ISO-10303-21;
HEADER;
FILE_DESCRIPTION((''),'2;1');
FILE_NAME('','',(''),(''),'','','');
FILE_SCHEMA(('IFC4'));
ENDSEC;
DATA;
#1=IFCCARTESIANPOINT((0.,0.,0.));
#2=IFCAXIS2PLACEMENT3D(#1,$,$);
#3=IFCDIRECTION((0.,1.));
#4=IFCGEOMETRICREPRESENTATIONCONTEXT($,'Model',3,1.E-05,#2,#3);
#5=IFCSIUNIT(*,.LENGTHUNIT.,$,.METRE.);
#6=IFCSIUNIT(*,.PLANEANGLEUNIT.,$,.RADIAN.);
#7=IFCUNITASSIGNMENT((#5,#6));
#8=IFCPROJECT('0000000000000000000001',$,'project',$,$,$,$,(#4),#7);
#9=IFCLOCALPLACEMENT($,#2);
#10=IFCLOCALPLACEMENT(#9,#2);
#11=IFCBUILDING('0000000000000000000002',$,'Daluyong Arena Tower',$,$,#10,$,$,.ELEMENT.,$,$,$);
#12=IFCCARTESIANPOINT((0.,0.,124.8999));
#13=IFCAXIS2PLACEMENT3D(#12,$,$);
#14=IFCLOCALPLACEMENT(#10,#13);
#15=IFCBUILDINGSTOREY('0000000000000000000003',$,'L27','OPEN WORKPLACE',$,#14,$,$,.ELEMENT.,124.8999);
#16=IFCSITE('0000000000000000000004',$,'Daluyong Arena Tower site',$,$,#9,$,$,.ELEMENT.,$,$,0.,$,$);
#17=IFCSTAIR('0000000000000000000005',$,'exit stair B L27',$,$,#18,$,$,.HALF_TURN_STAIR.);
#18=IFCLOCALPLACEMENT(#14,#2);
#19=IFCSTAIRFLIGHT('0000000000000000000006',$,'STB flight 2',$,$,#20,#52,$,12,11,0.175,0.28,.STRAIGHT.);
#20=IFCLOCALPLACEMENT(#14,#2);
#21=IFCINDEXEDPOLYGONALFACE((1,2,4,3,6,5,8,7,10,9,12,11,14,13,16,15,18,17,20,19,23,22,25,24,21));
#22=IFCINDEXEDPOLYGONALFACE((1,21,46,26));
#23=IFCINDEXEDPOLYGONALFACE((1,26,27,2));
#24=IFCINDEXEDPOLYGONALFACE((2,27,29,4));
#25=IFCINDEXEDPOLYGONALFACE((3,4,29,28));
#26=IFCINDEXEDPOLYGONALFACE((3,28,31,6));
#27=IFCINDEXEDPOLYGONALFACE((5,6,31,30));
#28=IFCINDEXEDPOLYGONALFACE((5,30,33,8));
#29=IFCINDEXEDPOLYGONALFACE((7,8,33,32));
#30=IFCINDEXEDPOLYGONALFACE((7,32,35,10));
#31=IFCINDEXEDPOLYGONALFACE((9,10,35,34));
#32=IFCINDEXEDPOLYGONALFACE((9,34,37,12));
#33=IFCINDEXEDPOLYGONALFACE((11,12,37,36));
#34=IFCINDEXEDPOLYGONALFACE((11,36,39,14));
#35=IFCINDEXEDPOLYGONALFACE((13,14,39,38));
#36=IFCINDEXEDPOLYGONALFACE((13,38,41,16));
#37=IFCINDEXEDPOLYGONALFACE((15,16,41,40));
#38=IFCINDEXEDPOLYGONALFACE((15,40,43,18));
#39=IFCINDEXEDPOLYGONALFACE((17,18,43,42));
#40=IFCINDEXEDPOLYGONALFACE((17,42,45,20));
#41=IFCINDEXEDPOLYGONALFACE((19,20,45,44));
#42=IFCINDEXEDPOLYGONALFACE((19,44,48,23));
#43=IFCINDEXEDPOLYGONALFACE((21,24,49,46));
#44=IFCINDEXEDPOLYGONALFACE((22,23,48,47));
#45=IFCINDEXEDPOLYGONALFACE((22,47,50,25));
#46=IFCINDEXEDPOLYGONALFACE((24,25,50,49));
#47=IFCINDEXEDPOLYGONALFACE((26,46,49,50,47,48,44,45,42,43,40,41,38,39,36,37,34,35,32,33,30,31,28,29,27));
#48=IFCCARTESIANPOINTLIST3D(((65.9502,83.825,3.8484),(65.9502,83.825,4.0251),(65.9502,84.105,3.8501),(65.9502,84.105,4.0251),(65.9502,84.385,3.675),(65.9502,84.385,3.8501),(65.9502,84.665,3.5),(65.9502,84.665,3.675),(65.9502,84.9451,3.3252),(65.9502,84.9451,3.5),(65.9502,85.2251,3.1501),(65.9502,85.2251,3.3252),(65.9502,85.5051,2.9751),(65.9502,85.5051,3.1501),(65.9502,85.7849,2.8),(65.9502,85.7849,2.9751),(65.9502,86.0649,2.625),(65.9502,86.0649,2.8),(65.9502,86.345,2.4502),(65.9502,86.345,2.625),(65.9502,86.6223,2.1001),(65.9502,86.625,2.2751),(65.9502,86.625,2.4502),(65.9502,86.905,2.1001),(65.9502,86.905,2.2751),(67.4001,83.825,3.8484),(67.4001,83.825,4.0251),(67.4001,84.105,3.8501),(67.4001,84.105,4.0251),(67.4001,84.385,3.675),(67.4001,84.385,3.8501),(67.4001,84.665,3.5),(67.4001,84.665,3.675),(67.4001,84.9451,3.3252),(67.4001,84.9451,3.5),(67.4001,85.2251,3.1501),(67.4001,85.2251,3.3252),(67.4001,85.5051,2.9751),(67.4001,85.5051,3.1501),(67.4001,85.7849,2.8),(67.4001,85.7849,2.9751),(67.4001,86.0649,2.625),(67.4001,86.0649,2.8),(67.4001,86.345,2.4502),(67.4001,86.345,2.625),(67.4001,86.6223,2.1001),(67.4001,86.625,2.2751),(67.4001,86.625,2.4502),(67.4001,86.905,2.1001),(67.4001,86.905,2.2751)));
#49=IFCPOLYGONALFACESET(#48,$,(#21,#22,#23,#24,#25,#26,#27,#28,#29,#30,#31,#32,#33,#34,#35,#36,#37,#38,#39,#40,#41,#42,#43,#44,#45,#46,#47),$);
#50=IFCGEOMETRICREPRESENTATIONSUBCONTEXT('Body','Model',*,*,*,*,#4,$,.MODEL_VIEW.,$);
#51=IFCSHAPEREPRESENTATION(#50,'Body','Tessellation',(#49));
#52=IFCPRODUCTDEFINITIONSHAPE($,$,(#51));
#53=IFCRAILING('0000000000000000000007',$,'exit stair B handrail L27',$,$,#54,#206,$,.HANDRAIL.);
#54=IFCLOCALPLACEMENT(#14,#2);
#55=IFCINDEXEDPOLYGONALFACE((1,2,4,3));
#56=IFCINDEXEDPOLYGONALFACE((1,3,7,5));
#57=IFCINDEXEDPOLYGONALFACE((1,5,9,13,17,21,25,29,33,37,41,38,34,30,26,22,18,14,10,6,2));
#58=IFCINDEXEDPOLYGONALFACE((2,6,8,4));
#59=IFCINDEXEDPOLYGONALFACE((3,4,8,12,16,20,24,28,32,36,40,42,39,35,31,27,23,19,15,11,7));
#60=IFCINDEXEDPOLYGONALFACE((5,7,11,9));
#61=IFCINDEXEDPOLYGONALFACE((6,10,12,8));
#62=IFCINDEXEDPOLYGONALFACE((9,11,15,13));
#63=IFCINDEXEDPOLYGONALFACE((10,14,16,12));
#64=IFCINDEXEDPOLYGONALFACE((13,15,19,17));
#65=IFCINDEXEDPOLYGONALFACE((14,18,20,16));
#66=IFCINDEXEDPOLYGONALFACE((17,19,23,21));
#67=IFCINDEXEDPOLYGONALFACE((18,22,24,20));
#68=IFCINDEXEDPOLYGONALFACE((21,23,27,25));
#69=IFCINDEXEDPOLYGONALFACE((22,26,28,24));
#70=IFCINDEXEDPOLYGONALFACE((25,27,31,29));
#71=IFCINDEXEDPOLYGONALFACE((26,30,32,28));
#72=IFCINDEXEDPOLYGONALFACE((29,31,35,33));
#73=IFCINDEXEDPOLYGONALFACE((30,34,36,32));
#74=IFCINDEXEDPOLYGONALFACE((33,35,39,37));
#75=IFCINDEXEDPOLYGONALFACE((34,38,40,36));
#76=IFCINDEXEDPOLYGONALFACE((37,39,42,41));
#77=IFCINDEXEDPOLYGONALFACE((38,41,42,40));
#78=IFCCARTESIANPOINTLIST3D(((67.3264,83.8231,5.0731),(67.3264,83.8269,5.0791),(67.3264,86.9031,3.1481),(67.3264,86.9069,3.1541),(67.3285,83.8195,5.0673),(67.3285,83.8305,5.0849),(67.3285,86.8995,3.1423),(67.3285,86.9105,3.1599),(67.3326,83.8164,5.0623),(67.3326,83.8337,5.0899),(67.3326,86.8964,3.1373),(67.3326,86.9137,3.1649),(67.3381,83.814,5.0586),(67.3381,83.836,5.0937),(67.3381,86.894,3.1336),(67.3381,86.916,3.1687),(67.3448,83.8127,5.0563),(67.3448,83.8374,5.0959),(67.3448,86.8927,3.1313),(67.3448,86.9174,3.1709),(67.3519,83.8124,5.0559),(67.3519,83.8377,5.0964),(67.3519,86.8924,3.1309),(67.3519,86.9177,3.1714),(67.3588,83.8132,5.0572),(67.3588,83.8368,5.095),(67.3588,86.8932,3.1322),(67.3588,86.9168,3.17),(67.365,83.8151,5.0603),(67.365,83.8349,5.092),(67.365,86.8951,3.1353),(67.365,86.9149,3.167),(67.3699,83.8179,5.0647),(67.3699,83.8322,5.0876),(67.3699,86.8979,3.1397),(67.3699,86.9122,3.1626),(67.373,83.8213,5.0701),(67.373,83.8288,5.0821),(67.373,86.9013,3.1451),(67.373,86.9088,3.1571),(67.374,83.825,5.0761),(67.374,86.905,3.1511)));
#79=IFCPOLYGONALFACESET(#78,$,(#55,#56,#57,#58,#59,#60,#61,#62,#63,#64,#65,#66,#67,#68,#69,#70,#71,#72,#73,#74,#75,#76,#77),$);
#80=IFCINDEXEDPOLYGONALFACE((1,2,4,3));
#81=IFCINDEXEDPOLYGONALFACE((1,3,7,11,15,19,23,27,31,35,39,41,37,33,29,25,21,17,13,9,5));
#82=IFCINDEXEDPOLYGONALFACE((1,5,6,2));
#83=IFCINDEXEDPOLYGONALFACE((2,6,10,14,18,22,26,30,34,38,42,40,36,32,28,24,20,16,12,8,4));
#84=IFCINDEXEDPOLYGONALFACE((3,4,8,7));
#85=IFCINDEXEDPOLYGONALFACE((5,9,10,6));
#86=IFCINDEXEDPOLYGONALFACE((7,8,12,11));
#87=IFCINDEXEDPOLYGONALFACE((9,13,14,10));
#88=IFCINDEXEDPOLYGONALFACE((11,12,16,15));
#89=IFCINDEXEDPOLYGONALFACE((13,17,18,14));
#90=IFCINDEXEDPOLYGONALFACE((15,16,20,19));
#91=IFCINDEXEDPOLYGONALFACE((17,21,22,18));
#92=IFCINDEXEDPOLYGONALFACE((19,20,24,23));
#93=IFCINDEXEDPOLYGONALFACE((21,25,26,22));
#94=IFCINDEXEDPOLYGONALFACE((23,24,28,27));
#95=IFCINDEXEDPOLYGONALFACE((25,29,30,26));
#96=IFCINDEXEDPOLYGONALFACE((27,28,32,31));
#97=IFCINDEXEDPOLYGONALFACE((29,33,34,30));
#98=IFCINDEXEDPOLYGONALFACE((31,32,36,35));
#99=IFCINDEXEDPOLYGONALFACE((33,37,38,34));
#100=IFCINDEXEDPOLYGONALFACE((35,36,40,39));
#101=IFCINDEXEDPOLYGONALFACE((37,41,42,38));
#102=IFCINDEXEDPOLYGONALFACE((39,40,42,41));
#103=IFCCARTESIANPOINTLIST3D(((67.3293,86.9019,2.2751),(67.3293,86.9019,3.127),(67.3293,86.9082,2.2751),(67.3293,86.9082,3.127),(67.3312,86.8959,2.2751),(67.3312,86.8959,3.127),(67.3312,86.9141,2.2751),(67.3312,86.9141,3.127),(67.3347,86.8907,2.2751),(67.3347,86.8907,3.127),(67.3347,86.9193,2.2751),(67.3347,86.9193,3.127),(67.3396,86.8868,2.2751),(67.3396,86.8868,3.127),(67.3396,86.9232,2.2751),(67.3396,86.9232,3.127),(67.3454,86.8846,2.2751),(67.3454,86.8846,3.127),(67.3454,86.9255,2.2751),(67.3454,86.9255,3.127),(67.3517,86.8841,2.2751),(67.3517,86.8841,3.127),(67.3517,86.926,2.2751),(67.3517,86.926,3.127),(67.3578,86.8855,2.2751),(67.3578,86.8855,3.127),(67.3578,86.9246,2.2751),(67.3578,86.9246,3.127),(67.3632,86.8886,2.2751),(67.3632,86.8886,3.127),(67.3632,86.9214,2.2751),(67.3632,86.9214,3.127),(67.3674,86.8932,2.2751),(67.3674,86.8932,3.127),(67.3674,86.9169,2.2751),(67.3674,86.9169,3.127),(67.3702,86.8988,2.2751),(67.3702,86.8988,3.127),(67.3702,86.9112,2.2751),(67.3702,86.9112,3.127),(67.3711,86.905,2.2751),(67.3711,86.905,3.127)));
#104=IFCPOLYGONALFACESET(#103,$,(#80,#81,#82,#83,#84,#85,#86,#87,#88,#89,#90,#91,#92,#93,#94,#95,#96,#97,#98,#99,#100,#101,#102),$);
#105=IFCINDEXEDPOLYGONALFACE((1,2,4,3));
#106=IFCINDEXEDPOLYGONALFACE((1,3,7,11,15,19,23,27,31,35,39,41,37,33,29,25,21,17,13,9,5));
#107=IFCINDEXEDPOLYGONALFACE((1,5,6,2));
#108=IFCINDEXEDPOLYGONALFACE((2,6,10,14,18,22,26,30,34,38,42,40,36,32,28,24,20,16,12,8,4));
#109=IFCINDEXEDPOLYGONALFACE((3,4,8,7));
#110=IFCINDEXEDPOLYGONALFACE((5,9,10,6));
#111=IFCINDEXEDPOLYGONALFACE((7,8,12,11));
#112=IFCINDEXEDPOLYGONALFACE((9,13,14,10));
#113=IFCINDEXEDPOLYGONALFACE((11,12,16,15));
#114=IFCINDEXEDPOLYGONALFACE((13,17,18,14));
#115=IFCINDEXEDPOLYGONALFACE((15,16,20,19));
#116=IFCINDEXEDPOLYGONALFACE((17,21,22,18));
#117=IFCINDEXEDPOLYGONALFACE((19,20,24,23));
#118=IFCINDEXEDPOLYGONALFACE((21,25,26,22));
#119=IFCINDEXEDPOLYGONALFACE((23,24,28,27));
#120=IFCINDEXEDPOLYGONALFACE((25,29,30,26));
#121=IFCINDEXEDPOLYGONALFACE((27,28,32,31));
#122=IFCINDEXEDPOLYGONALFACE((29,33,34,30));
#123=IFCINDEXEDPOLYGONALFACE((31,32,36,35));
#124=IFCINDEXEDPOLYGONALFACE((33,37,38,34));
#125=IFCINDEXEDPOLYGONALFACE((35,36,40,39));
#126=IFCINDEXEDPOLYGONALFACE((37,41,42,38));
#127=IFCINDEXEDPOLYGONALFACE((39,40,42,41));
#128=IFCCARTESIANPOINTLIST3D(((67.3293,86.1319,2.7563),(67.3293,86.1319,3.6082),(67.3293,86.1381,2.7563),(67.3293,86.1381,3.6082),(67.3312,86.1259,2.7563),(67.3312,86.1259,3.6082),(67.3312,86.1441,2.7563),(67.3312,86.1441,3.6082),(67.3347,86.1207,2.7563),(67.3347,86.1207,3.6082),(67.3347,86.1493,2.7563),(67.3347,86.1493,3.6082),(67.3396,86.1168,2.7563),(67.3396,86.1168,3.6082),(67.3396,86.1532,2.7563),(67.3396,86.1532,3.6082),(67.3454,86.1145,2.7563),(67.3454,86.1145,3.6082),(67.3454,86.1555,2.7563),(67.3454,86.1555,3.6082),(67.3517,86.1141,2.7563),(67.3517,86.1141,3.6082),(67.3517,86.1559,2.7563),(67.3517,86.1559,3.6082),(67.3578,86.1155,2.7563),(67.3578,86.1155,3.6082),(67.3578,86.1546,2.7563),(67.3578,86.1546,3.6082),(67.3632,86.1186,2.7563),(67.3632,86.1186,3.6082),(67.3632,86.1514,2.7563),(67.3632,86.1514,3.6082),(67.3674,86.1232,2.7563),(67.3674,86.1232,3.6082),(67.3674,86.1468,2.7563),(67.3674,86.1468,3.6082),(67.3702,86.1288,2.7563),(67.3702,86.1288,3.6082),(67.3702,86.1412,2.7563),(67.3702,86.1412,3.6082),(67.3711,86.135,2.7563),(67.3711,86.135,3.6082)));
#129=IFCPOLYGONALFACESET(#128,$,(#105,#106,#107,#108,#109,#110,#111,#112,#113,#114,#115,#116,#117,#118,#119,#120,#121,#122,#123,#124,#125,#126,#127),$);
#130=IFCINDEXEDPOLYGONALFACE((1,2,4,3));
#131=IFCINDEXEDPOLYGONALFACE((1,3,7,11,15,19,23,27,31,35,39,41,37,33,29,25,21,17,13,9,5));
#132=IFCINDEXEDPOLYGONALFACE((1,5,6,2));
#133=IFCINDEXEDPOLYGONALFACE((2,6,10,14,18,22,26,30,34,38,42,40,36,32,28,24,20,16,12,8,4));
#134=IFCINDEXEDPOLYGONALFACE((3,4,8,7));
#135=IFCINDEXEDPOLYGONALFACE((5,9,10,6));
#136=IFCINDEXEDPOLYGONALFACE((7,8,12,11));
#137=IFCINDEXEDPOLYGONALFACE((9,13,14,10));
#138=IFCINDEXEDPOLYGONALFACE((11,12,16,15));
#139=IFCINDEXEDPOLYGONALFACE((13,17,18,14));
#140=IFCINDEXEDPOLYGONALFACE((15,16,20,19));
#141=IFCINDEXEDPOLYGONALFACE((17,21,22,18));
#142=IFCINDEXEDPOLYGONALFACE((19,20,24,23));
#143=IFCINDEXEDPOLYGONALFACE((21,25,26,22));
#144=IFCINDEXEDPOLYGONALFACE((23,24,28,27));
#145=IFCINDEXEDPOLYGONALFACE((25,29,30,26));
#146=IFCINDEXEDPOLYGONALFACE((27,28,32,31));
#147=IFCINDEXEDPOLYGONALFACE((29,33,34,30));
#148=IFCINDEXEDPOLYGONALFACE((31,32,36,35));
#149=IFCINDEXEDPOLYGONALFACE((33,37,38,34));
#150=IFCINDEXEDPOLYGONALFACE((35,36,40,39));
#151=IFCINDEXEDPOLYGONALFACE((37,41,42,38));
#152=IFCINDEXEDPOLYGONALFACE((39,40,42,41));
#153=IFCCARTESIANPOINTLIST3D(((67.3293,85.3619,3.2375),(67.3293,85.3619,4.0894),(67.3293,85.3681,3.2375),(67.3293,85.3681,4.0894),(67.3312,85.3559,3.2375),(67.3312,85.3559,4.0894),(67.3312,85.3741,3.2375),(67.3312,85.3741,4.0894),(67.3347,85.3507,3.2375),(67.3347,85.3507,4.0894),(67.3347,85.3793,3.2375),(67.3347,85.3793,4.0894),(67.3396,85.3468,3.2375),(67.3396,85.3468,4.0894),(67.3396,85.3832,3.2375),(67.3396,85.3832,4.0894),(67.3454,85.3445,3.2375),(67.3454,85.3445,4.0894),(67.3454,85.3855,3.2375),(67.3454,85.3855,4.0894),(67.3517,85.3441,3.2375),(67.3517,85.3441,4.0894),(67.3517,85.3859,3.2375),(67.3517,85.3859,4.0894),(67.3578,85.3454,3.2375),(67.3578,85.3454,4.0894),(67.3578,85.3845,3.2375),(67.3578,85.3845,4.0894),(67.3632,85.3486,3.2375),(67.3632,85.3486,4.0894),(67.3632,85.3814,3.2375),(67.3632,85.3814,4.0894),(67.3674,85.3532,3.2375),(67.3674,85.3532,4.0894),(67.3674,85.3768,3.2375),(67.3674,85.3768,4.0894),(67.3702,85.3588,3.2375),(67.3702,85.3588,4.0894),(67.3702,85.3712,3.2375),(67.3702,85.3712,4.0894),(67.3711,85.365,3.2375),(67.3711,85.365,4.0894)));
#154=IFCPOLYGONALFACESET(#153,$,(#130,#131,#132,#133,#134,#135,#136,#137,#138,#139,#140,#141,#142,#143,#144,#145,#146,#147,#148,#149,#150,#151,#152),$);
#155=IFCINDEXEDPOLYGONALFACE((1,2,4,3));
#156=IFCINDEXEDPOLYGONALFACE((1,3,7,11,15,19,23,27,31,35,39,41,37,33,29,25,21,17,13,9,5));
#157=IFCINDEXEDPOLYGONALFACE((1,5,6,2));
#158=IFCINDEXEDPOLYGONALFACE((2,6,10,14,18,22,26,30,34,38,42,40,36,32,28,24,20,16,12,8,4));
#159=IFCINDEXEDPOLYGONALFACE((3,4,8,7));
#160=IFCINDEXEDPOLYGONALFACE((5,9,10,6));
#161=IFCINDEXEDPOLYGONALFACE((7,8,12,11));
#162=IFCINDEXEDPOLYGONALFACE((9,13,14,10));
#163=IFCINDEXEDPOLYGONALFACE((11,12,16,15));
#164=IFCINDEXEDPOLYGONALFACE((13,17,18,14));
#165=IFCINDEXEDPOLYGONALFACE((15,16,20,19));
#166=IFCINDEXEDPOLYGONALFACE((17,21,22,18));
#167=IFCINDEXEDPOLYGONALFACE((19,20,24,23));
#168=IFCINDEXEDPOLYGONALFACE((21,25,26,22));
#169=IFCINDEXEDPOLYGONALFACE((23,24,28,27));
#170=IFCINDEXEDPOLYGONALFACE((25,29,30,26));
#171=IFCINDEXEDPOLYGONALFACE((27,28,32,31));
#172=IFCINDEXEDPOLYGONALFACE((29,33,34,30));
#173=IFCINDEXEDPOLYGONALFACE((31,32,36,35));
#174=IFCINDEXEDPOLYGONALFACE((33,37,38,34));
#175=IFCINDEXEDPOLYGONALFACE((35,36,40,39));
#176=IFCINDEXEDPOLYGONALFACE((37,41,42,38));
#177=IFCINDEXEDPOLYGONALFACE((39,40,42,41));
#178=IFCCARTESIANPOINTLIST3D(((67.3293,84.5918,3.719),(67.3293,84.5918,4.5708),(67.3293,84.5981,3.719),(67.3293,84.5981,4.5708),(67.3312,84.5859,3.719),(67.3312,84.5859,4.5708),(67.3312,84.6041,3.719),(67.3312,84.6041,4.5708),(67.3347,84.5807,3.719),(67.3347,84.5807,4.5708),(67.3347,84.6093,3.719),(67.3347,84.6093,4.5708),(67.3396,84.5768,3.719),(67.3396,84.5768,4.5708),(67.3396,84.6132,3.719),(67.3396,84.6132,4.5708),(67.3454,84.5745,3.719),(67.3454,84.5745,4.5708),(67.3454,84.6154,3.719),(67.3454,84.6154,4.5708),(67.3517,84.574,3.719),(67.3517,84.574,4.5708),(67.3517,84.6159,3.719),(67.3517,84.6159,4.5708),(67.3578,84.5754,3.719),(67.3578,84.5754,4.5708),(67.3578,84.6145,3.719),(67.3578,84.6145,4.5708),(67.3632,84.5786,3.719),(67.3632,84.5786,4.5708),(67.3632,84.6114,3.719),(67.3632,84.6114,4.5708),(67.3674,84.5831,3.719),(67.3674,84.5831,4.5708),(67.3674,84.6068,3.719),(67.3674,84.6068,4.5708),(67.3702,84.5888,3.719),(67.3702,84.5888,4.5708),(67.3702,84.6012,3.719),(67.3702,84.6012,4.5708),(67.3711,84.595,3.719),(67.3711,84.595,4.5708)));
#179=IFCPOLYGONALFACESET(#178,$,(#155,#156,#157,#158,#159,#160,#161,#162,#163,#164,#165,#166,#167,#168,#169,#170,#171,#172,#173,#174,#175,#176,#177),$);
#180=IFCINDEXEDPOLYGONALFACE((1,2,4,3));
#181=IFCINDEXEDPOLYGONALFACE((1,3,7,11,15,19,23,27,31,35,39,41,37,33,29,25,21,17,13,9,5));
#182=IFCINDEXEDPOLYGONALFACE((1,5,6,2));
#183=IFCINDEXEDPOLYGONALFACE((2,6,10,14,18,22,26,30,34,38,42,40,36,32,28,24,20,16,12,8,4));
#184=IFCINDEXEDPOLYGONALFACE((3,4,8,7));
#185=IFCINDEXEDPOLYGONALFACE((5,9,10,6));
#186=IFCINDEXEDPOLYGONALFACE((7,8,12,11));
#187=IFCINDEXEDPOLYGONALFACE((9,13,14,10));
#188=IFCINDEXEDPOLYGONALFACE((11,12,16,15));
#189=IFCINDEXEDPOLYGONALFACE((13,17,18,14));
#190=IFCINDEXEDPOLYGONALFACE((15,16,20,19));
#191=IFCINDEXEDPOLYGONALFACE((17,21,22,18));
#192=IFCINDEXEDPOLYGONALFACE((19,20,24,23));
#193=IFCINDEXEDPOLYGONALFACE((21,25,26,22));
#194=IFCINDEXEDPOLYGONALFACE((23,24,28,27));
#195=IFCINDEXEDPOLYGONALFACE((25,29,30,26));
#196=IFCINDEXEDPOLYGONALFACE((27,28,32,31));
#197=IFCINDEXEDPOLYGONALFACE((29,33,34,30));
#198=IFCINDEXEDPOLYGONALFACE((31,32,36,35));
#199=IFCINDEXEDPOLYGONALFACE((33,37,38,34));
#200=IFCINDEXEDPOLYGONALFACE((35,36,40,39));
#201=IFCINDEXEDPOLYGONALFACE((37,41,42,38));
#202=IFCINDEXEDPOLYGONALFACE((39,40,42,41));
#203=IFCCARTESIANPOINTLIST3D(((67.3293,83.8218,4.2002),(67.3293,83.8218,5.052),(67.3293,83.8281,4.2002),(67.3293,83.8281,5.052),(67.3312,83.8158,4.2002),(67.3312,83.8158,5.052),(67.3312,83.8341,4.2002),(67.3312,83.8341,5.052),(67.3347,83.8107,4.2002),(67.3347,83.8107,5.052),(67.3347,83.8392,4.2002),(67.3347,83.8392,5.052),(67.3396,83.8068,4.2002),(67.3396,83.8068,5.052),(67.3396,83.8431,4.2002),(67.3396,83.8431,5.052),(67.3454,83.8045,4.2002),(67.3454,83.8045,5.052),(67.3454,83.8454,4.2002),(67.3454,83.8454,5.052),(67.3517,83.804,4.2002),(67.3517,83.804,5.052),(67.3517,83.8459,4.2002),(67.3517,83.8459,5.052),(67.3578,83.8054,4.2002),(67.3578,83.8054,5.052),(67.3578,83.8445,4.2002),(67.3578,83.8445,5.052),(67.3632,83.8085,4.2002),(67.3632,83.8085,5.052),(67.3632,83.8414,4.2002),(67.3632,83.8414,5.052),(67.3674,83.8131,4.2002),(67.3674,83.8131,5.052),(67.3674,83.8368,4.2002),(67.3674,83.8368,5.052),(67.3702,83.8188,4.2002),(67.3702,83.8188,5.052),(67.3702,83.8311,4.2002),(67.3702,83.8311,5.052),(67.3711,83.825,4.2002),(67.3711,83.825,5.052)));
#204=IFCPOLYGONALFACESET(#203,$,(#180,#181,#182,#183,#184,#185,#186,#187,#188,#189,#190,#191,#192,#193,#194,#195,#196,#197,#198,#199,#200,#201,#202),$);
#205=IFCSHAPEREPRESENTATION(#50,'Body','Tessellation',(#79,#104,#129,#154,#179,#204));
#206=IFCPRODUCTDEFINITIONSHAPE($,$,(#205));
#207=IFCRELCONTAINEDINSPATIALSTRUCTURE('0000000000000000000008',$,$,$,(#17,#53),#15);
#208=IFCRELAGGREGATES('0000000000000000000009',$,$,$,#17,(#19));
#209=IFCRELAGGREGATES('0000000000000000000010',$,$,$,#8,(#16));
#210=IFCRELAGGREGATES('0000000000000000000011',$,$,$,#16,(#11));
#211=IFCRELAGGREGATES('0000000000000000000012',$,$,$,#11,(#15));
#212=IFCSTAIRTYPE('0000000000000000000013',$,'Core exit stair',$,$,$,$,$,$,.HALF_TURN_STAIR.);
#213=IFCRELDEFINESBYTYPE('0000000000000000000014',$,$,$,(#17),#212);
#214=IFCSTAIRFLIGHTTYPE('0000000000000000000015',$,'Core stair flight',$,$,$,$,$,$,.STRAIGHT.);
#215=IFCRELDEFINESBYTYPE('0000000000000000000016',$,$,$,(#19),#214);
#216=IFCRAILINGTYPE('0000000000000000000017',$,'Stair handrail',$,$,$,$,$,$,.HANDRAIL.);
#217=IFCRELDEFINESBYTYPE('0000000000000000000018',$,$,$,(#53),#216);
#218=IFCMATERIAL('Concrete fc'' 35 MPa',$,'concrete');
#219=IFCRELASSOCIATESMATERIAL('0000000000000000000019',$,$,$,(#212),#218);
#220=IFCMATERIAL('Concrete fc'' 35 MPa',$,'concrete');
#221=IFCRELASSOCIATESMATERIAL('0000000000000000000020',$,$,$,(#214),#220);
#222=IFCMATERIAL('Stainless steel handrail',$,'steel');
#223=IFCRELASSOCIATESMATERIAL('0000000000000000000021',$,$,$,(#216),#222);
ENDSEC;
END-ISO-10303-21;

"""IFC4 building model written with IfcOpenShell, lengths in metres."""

from ifc_helpers import new_model, si_unit, direction, frame, origin, origin_2d, place, context, subcontext, project, spatial, polyline, circle, outline, extrude, material, type_object, element, aggregate, save


model = new_model("IFC4")

# Units and contexts
model_context = context("Model", 3, precision=1e-05, world=origin(), true_north=direction((0.0, 1.0)))
body_context = subcontext(model_context, "Body", "Model", "MODEL_VIEW")
ifc_project = project(units=[si_unit("LENGTHUNIT", "METRE"), si_unit("PLANEANGLEUNIT", "RADIAN")], contexts=[model_context])

# Site, building, storey
site_placement = place(None, origin())
site = spatial("IfcSite", under=ifc_project, at=site_placement, Name="Daluyong Arena Tower site", CompositionType="ELEMENT", RefElevation=0.0)
building_placement = place(site_placement, origin())
building = spatial("IfcBuilding", under=site, at=building_placement, Name="Daluyong Arena Tower", CompositionType="ELEMENT")
storey_placement = place(building_placement, frame((0.0, 0.0, 124.8999)))
storey = spatial("IfcBuildingStorey", under=building, at=storey_placement, Name="L27", Description="OPEN WORKPLACE", CompositionType="ELEMENT", Elevation=124.8999)

# Stair, stair flight
ifc_material_1 = material(Name="Concrete fc' 35 MPa", Category="concrete")
stair_type = type_object("IfcStairType", Name="Core exit stair", PredefinedType="HALF_TURN_STAIR", material=ifc_material_1)
stair_placement = place(storey_placement, origin())
stair = element("IfcStair", 1, at=stair_placement, inside=storey, type_object=stair_type, Name="exit stair B L27", PredefinedType="HALF_TURN_STAIR")
ifc_material_2 = material(Name="Concrete fc' 35 MPa", Category="concrete")
stair_flight_type = type_object("IfcStairFlightType", Name="Core stair flight", PredefinedType="STRAIGHT", material=ifc_material_2)
stair_flight_placement = place(storey_placement, frame((66.675, 86.905, 2.1001), z_axis=(0.0, 0.0, 1.0), x_axis=(0.0, -1.0, 0.0)))
stair_flight = element("IfcStairFlight", 2, at=stair_flight_placement, type_object=stair_flight_type, Name="STB flight 2", NumberOfRisers=12, NumberOfTreads=11, PredefinedType="STRAIGHT", RiserHeight=0.175, TreadLength=0.28, context=body_context, shape_type="SweptSolid", body=[
    extrude(outline(polyline([(0.0, 0.0), (0.0, 0.175), (0.28, 0.175), (0.28, 0.3501), (0.5601, 0.3501), (0.5601, 0.5249), (0.8401, 0.5249), (0.8401, 0.7), (1.1201, 0.7), (1.1201, 0.875), (1.3999, 0.875), (1.3999, 1.05), (1.6799, 1.05), (1.6799, 1.2251), (1.96, 1.2251), (1.96, 1.3999), (2.24, 1.3999), (2.24, 1.575), (2.52, 1.575), (2.52, 1.75), (2.8, 1.75), (2.8, 1.925), (3.0801, 1.925), (3.0801, 2.1001), (3.0801, 1.7483), (0.2827, 0.0), (0.0, 0.0)])), frame((0.0, 0.7251, 0.0), z_axis=(0.0, -1.0, 0.0), x_axis=(1.0, 0.0, 0.0)), (0.0, 0.0, 1.0), 1.45),
])
aggregate(stair, [stair_flight])

# Railing
ifc_material_3 = material(Name="Stainless steel handrail", Category="steel")
railing_type_1 = type_object("IfcRailingType", Name="Stair handrail", PredefinedType="HANDRAIL", material=ifc_material_3)
railing_1_placement = place(storey_placement, frame((67.3501, 86.905, 2.2751)))
element("IfcRailing", 3, at=railing_1_placement, inside=storey, type_object=railing_type_1, Name="exit stair B handrail L27", PredefinedType="HANDRAIL", context=body_context, shape_type="SweptSolid", body=[
    extrude(circle(Radius=0.0239, at=origin_2d()), frame((0.0, 0.0, 0.876), z_axis=(0.0, -0.847998, 0.529999), x_axis=(1.0, 0.0, 0.0)), (0.0, 0.0, 1.0), 3.6321),
    extrude(circle(Radius=0.021, at=origin_2d()), origin(), (0.0, 0.0, 1.0), 0.8518),
    extrude(circle(Radius=0.021, at=origin_2d()), frame((0.0, -0.77, 0.4812)), (0.0, 0.0, 1.0), 0.8518),
    extrude(circle(Radius=0.021, at=origin_2d()), frame((0.0, -1.54, 0.9624)), (0.0, 0.0, 1.0), 0.8518),
    extrude(circle(Radius=0.021, at=origin_2d()), frame((0.0, -2.3101, 1.4438)), (0.0, 0.0, 1.0), 0.8518),
    extrude(circle(Radius=0.021, at=origin_2d()), frame((0.0, -3.0801, 1.925)), (0.0, 0.0, 1.0), 0.8518),
])

save(model, "model.ifc")
